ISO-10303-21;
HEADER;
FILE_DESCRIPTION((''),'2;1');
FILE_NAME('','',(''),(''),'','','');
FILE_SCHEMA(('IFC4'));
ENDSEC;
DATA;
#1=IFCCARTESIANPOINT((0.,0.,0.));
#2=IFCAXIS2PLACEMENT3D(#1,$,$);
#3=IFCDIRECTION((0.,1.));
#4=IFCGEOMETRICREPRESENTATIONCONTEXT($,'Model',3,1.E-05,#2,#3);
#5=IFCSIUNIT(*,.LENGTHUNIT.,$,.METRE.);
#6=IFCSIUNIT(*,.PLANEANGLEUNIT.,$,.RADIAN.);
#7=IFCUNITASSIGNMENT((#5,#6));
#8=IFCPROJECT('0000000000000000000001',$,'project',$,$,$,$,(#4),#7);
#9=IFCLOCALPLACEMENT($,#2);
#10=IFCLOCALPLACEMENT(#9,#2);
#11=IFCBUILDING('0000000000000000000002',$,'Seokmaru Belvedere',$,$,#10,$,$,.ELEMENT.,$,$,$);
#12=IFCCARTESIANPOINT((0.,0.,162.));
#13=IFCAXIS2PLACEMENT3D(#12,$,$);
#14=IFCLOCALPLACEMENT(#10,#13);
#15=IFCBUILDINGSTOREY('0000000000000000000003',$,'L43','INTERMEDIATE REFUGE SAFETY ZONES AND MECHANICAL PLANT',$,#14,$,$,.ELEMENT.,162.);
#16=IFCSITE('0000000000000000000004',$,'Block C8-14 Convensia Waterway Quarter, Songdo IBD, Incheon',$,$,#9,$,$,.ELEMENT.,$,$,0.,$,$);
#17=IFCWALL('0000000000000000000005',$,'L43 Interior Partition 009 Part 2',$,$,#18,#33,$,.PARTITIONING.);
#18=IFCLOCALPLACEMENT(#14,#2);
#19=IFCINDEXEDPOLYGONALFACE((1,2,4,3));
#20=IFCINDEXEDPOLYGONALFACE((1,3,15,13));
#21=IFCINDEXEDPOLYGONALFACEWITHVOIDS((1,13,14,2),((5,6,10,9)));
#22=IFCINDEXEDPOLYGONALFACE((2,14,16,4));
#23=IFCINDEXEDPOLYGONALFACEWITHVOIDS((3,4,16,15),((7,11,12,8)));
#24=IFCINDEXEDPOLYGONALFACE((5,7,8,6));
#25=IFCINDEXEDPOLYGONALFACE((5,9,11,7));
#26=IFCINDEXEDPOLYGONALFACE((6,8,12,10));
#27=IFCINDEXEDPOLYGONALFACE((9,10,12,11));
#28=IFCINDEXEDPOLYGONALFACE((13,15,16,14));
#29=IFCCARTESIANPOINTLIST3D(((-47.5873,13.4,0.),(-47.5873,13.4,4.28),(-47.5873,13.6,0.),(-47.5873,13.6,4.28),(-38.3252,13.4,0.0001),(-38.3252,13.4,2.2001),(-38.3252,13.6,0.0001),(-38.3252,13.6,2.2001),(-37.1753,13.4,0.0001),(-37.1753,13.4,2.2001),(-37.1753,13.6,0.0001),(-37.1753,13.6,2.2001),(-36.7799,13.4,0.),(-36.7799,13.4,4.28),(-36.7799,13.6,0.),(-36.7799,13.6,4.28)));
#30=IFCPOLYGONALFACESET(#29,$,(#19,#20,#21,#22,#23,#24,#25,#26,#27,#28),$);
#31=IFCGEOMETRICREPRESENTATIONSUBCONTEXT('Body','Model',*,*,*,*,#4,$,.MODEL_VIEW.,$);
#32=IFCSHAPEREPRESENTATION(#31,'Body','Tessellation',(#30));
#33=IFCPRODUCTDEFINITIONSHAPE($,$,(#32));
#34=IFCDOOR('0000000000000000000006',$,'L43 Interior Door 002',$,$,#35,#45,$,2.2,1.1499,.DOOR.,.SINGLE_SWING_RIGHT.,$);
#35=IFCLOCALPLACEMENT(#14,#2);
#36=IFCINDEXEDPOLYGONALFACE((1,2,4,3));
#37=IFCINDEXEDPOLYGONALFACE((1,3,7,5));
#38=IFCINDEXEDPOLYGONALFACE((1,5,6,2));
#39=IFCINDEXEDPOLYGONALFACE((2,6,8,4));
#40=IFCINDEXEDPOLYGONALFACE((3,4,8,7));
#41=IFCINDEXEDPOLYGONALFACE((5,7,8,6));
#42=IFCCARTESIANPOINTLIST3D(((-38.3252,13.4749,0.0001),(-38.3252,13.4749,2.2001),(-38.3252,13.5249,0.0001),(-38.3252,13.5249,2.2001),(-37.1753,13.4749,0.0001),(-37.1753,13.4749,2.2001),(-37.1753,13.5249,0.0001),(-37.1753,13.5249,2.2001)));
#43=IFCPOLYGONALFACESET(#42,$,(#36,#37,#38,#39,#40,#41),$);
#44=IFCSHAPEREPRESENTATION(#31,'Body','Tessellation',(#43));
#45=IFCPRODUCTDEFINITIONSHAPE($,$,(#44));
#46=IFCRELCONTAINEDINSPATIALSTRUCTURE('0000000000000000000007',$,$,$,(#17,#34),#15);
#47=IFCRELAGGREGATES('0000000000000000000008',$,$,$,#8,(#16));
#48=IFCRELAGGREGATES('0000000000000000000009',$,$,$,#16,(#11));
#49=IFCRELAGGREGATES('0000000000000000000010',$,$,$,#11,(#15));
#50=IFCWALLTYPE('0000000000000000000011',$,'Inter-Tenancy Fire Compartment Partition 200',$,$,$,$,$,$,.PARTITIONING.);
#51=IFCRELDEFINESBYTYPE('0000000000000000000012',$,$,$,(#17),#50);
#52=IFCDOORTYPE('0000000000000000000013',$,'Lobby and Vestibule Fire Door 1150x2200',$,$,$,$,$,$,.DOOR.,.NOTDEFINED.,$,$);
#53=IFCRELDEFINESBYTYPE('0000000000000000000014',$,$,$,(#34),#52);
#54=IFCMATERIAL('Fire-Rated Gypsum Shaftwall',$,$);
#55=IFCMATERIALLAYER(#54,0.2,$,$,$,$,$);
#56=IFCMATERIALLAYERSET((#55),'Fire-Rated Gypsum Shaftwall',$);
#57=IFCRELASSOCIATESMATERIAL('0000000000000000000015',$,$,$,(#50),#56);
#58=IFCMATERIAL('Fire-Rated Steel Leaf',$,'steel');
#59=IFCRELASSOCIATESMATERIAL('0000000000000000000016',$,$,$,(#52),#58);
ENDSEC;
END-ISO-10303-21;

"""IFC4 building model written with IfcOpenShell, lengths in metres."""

from ifc_helpers import new_model, si_unit, direction, frame, frame_2d, origin, place, context, subcontext, project, spatial, rectangle, extrude, source, transform, mapped, material, layer, layer_set, type_object, type_shapes, element, fill, save


model = new_model("IFC4")

# Units and contexts
model_context = context("Model", 3, precision=1e-05, world=origin(), true_north=direction((0.0, 1.0)))
body_context = subcontext(model_context, "Body", "Model", "MODEL_VIEW")
ifc_project = project(units=[si_unit("LENGTHUNIT", "METRE"), si_unit("PLANEANGLEUNIT", "RADIAN")], contexts=[model_context])

# Site, building, storey
site_placement = place(None, origin())
site = spatial("IfcSite", under=ifc_project, at=site_placement, Name="Block C8-14 Convensia Waterway Quarter, Songdo IBD, Incheon", CompositionType="ELEMENT", RefElevation=0.0)
building_placement = place(site_placement, origin())
building = spatial("IfcBuilding", under=site, at=building_placement, Name="Seokmaru Belvedere", CompositionType="ELEMENT")
storey_placement = place(building_placement, frame((0.0, 0.0, 162.0)))
storey = spatial("IfcBuildingStorey", under=building, at=storey_placement, Name="L43", Description="INTERMEDIATE REFUGE SAFETY ZONES AND MECHANICAL PLANT", CompositionType="ELEMENT", Elevation=162.0)

# Shared definitions
ifc_material_1 = material(Name="Fire-Rated Gypsum Shaftwall")
ifc_layer = layer(ifc_material_1, 0.2)
ifc_layer_set = layer_set([ifc_layer], Name="Fire-Rated Gypsum Shaftwall")
wall_type = type_object("IfcWallType", Name="Inter-Tenancy Fire Compartment Partition 200", PredefinedType="PARTITIONING", material=ifc_layer_set)

# Wall, opening, door
wall_1_placement = place(storey_placement, frame((-47.5874, 13.5, 0.0), z_axis=(0.0, 0.0, 1.0), x_axis=(1.0, 0.0, 0.0)))
wall_1 = element("IfcWall", 1, at=wall_1_placement, inside=storey, type_object=wall_type, Name="L43 Interior Partition 009 Part 2", PredefinedType="PARTITIONING", context=body_context, shape_type="SweptSolid", body=[
    extrude(rectangle(XDim=10.8074, YDim=0.2, at=frame_2d((5.4038, 0.0))), origin(), (0.0, 0.0, 1.0), 4.28),
])
opening_placement = place(wall_1_placement, frame((9.2622, 0.0, 0.0)))
opening = element("IfcOpeningElement", 2, at=opening_placement, cuts=wall_1, PredefinedType="OPENING", context=body_context, shape_type="SweptSolid", body=[
    extrude(rectangle(XDim=1.1499, YDim=2.2, at=frame_2d((0.575, 1.1001))), frame((0.0, 0.1099, 0.0), z_axis=(0.0, -1.0, 0.0), x_axis=(1.0, 0.0, 0.0)), (0.0, 0.0, 1.0), 0.22),
])
ifc_material_2 = material(Name="Fire-Rated Steel Leaf", Category="steel")
door_type = type_object("IfcDoorType", Name="Lobby and Vestibule Fire Door 1150x2200", OperationType="NOTDEFINED", PredefinedType="DOOR", material=ifc_material_2)
shared_shape_1 = source(origin(), body_context, "Body", "SweptSolid", [
    extrude(rectangle(XDim=1.1499, YDim=2.2, at=frame_2d((0.575, 1.1001))), frame((0.0, 0.0249, 0.0), z_axis=(0.0, -1.0, 0.0), x_axis=(1.0, 0.0, 0.0)), (0.0, 0.0, 1.0), 0.05),
])
type_shapes(door_type, [shared_shape_1])
door_placement = place(opening_placement, origin())
door = element("IfcDoor", 3, at=door_placement, inside=storey, type_object=door_type, Name="L43 Interior Door 002", OperationType="SINGLE_SWING_RIGHT", OverallHeight=2.2, OverallWidth=1.1499, PredefinedType="DOOR", context=body_context, shape_type="MappedRepresentation", body=[
    mapped(shared_shape_1, transform((0.0, 0.0, 0.0), scale=1.0)),
])
fill(opening, door)

save(model, "model.ifc")
